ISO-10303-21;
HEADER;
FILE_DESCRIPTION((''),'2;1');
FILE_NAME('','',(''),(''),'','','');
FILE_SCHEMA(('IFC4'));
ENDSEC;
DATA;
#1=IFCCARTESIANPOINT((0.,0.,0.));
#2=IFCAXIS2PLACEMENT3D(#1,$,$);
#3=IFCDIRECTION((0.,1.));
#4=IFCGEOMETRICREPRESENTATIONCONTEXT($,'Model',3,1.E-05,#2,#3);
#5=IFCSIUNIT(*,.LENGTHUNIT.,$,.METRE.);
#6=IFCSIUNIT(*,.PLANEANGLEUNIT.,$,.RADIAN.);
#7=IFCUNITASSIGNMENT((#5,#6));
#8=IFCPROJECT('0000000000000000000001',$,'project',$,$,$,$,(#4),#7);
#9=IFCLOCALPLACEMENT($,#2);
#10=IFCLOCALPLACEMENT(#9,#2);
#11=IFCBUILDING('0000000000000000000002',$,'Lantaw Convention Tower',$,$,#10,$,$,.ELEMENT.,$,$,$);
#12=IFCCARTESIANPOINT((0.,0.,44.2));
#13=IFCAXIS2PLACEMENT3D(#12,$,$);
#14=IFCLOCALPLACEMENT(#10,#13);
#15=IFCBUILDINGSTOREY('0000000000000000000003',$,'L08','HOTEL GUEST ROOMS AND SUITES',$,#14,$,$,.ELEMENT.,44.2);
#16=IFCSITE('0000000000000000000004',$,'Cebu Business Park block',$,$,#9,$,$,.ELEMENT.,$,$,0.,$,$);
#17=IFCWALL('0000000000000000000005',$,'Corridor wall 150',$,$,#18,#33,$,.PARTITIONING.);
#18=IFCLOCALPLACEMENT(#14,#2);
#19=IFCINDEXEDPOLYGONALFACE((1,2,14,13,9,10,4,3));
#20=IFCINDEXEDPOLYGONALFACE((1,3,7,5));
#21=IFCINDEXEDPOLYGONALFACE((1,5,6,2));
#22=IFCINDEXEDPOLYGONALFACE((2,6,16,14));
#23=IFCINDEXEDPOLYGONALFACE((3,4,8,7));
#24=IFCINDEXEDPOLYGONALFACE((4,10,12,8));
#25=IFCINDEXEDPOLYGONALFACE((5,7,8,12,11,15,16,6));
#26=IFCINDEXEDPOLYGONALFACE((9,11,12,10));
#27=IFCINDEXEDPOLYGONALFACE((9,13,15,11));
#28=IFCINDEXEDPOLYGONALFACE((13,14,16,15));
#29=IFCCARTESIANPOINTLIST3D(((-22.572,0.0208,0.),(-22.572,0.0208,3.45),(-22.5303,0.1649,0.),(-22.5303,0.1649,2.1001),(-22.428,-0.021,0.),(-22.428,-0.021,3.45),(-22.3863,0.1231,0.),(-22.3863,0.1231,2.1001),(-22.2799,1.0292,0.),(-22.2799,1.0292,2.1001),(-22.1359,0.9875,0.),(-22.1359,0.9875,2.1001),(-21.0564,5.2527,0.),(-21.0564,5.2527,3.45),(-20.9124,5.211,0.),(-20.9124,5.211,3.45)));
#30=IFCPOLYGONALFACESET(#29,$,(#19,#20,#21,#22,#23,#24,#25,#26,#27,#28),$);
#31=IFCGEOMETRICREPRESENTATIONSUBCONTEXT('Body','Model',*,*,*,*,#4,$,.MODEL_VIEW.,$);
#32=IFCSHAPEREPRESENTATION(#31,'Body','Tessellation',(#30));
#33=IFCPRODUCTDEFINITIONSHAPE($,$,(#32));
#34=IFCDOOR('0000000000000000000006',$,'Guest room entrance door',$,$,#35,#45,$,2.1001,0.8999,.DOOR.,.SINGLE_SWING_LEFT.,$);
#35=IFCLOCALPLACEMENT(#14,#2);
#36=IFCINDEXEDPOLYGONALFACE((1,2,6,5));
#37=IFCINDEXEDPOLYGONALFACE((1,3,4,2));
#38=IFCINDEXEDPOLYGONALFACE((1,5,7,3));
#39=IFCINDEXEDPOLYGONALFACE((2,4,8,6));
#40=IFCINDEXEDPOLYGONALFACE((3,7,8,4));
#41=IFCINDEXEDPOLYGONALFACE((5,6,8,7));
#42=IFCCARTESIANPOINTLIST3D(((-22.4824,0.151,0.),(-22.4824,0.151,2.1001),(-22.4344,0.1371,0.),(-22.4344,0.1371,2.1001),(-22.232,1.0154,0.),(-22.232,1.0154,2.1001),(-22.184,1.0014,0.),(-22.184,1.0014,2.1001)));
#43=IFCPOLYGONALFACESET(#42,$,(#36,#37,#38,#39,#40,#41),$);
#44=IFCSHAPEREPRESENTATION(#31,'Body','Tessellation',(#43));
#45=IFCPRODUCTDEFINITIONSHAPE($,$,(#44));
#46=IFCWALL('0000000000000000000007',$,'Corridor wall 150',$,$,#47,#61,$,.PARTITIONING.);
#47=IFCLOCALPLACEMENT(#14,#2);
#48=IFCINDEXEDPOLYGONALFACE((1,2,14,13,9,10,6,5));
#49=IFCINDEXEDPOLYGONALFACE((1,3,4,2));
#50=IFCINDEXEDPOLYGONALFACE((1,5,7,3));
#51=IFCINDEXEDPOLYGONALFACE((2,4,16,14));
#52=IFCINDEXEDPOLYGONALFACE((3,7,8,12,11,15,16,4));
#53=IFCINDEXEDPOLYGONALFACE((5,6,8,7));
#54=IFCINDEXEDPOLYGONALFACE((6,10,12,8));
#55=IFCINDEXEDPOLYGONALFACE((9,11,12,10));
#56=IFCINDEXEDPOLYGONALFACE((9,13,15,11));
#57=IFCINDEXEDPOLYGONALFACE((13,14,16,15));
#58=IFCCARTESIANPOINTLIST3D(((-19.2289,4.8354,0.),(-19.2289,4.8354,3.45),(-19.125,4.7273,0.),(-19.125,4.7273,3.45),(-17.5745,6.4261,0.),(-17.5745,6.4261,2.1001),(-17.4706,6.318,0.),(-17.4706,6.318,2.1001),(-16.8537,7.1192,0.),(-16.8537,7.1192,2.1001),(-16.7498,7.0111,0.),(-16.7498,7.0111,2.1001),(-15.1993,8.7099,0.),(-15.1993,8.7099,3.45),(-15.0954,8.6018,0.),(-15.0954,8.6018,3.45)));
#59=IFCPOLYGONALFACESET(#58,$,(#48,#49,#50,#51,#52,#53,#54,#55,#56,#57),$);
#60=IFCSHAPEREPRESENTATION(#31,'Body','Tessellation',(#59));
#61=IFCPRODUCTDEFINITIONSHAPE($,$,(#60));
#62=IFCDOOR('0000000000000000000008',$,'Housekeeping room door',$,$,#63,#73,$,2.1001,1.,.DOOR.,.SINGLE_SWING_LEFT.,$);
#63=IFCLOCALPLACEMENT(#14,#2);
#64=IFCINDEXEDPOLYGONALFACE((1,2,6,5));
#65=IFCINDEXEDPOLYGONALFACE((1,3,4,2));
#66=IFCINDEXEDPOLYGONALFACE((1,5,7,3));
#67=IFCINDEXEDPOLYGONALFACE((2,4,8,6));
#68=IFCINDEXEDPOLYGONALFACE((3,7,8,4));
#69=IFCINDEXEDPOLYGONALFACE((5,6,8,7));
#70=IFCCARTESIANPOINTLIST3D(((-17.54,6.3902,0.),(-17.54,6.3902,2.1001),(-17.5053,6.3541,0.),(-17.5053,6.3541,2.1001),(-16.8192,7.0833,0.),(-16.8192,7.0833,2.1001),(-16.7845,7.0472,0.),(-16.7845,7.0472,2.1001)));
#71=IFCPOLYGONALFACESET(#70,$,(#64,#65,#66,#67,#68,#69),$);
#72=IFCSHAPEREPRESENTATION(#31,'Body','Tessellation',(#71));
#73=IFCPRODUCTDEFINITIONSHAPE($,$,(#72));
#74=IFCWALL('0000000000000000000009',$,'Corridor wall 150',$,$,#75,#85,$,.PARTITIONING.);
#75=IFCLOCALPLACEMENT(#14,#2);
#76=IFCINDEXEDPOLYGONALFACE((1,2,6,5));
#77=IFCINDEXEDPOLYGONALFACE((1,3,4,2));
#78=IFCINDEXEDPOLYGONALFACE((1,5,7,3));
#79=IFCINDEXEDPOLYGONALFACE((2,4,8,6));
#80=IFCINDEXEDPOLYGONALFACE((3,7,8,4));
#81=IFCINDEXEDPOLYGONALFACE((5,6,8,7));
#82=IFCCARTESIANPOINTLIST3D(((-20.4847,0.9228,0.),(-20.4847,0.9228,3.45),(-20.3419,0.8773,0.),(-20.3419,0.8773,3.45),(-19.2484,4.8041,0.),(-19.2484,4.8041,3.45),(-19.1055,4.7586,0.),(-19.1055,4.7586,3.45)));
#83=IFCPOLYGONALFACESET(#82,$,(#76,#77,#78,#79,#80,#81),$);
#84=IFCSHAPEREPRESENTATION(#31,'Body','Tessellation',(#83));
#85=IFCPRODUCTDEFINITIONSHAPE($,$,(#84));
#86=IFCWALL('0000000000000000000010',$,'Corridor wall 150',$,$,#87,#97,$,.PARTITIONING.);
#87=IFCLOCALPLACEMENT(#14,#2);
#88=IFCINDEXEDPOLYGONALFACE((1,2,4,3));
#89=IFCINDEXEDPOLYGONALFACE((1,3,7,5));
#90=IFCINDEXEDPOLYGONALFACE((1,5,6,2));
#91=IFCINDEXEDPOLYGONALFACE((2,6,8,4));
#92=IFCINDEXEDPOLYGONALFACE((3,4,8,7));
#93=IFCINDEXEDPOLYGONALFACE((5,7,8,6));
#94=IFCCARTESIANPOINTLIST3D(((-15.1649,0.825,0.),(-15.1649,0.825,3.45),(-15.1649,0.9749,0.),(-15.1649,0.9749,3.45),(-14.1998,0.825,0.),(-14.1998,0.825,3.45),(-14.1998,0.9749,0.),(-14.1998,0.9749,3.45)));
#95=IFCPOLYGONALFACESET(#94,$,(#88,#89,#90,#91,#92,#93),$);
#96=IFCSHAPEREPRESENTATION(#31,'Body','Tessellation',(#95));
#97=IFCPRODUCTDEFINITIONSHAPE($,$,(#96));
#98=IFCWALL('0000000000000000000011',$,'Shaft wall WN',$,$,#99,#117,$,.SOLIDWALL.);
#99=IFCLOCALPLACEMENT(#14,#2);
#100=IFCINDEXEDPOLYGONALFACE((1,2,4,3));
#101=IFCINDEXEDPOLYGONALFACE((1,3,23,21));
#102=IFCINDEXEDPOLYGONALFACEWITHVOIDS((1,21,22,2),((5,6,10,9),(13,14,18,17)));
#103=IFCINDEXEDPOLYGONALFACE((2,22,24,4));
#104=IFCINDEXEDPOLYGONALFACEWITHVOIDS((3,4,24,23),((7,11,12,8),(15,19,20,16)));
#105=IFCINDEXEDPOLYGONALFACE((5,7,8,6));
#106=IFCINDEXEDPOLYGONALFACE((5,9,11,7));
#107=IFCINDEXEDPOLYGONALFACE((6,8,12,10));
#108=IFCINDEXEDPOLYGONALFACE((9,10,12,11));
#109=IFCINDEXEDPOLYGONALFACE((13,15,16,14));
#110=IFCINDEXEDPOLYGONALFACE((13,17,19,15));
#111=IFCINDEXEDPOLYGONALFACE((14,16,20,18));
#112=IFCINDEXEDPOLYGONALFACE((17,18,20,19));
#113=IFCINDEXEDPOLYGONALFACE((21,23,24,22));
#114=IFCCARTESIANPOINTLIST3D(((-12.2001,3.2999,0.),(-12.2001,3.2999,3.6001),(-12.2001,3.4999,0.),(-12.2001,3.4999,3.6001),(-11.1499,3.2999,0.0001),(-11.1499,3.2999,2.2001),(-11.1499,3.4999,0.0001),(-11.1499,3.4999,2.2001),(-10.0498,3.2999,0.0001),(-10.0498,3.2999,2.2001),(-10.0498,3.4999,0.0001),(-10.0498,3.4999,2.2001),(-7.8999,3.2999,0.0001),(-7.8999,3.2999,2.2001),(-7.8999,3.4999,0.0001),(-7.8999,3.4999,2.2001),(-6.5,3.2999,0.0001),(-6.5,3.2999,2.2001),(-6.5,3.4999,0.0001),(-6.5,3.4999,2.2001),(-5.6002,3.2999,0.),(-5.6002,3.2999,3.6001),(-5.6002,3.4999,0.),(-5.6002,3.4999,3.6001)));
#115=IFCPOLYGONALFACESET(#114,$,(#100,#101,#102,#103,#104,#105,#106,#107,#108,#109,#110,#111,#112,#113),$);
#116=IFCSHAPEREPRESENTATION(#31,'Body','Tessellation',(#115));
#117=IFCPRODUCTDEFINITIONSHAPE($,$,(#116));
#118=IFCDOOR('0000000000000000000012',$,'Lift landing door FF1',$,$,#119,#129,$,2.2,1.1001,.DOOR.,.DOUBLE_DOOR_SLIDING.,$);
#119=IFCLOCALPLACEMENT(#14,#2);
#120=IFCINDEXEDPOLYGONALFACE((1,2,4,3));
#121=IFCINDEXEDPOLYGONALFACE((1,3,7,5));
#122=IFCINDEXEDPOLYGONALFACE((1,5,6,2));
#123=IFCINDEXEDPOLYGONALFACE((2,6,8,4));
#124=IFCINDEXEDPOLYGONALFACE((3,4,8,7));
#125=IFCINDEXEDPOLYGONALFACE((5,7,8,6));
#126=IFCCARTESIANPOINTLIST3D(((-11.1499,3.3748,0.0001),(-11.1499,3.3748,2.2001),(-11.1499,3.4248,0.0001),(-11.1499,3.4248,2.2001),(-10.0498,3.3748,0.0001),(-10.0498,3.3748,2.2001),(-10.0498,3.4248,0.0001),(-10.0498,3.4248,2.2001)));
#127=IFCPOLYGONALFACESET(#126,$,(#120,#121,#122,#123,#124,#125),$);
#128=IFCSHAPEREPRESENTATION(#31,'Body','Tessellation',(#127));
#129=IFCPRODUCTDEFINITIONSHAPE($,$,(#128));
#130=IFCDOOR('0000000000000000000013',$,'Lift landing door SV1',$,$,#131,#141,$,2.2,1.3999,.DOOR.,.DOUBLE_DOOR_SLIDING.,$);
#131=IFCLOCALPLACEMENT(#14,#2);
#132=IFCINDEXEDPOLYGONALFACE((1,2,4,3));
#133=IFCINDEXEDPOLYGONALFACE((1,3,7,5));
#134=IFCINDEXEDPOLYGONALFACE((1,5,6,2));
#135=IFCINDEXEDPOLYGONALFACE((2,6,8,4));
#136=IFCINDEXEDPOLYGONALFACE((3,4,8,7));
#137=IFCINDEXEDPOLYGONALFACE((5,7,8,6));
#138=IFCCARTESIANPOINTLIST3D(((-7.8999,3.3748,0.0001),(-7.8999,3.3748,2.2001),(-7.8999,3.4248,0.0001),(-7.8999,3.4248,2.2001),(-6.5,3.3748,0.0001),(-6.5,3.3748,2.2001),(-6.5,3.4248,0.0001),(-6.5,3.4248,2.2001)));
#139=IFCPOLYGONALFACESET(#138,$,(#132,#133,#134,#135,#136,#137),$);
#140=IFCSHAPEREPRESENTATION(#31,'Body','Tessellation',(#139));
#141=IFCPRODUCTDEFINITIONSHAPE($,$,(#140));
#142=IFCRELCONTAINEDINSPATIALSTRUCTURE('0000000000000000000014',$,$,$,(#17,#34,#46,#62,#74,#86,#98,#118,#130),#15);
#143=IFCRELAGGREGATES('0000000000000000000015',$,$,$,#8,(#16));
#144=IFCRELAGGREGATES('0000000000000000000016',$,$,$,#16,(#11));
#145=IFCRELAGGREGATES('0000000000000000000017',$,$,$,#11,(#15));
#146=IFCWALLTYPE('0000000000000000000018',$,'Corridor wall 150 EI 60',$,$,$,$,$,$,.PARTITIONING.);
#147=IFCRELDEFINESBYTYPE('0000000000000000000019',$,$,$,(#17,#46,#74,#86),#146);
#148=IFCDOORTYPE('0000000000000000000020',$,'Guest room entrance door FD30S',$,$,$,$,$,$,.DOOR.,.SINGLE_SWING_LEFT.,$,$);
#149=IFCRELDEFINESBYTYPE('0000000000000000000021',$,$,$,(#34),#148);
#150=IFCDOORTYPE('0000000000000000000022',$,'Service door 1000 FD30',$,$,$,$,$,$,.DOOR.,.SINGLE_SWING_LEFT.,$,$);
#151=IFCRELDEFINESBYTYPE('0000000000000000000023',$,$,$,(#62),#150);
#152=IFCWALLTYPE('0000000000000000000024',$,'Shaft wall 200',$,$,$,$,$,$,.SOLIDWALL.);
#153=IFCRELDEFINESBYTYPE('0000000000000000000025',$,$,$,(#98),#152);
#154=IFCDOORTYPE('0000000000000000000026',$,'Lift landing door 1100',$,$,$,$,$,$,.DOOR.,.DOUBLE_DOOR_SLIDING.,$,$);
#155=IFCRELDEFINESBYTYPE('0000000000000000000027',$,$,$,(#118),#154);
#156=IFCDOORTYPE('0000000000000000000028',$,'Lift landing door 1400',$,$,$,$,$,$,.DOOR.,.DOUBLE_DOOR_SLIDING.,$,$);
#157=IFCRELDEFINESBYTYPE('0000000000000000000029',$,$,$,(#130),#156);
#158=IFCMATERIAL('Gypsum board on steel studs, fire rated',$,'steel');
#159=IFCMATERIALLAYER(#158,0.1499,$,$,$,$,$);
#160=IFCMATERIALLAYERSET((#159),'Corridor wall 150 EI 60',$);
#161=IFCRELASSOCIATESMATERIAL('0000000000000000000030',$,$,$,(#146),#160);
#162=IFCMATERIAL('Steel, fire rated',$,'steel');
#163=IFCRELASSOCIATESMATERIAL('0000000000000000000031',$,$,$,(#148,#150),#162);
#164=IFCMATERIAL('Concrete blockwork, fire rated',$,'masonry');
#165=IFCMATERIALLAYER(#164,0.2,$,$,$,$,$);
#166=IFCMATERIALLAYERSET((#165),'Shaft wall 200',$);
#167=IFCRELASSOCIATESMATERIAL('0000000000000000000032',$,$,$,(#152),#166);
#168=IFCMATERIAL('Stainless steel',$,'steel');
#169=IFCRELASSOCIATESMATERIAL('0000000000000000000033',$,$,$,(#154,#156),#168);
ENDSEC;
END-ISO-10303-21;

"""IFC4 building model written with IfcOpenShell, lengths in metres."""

from ifc_helpers import new_model, si_unit, direction, frame, frame_2d, origin, place, context, subcontext, project, spatial, rectangle, extrude, material, layer, layer_set, type_object, element, fill, save


model = new_model("IFC4")

# Units and contexts
model_context = context("Model", 3, precision=1e-05, world=origin(), true_north=direction((0.0, 1.0)))
body_context = subcontext(model_context, "Body", "Model", "MODEL_VIEW")
ifc_project = project(units=[si_unit("LENGTHUNIT", "METRE"), si_unit("PLANEANGLEUNIT", "RADIAN")], contexts=[model_context])

# Site, building, storey
site_placement = place(None, origin())
site = spatial("IfcSite", under=ifc_project, at=site_placement, Name="Cebu Business Park block", CompositionType="ELEMENT", RefElevation=0.0)
building_placement = place(site_placement, origin())
building = spatial("IfcBuilding", under=site, at=building_placement, Name="Lantaw Convention Tower", CompositionType="ELEMENT")
storey_placement = place(building_placement, frame((0.0, 0.0, 44.2)))
storey = spatial("IfcBuildingStorey", under=building, at=storey_placement, Name="L08", Description="HOTEL GUEST ROOMS AND SUITES", CompositionType="ELEMENT", Elevation=44.2)

# Walls, openings, doors
ifc_material_1 = material(Name="Gypsum board on steel studs, fire rated", Category="steel")
ifc_layer_1 = layer(ifc_material_1, 0.1499)
ifc_layer_set_1 = layer_set([ifc_layer_1], Name="Corridor wall 150 EI 60")
wall_type_1 = type_object("IfcWallType", Name="Corridor wall 150 EI 60", PredefinedType="PARTITIONING", material=ifc_layer_set_1)
wall_1_placement = place(storey_placement, frame((-20.9844, 5.2319, 0.0), z_axis=(0.0, 0.0, 1.0), x_axis=(-0.278247, -0.960509, 0.0)))
wall_1 = element("IfcWall", 1, at=wall_1_placement, inside=storey, type_object=wall_type_1, Name="Corridor wall 150", PredefinedType="PARTITIONING", context=body_context, shape_type="SweptSolid", body=[
    extrude(rectangle(XDim=5.447, YDim=0.1499, at=frame_2d((2.7236, 0.0))), origin(), (0.0, 0.0, 1.0), 3.45),
])
opening_1_placement = place(wall_1_placement, frame((4.3972, 0.0, 0.0)))
opening_1 = element("IfcOpeningElement", 2, at=opening_1_placement, cuts=wall_1, PredefinedType="OPENING", context=body_context, shape_type="SweptSolid", body=[
    extrude(rectangle(XDim=0.8999, YDim=2.1001, at=frame_2d((0.45, 1.05))), frame((0.0, 0.085, 0.0), z_axis=(0.0, -1.0, 0.0), x_axis=(1.0, 0.0, 0.0)), (0.0, 0.0, 1.0), 0.1699),
])
ifc_material_2 = material(Name="Steel, fire rated", Category="steel")
door_type_1 = type_object("IfcDoorType", Name="Guest room entrance door FD30S", OperationType="SINGLE_SWING_LEFT", PredefinedType="DOOR", material=ifc_material_2)
door_1_placement = place(opening_1_placement, origin())
door_1 = element("IfcDoor", 3, at=door_1_placement, inside=storey, type_object=door_type_1, Name="Guest room entrance door", OperationType="SINGLE_SWING_LEFT", OverallHeight=2.1001, OverallWidth=0.8999, PredefinedType="DOOR", context=body_context, shape_type="SweptSolid", body=[
    extrude(rectangle(XDim=0.8999, YDim=2.1001, at=frame_2d((0.45, 1.05))), frame((0.0, 0.0249, 0.0), z_axis=(0.0, -1.0, 0.0), x_axis=(1.0, 0.0, 0.0)), (0.0, 0.0, 1.0), 0.05),
])
fill(opening_1, door_1)
wall_2_placement = place(storey_placement, frame((-15.1475, 8.6558, 0.0), z_axis=(0.0, 0.0, 1.0), x_axis=(-0.720837, -0.693104, 0.0)))
wall_2 = element("IfcWall", 4, at=wall_2_placement, inside=storey, type_object=wall_type_1, Name="Corridor wall 150", PredefinedType="PARTITIONING", context=body_context, shape_type="SweptSolid", body=[
    extrude(rectangle(XDim=5.5901, YDim=0.1499, at=frame_2d((2.7949, 0.0))), origin(), (0.0, 0.0, 1.0), 3.45),
])
opening_2_placement = place(wall_2_placement, frame((2.2949, 0.0, 0.0)))
opening_2 = element("IfcOpeningElement", 5, at=opening_2_placement, cuts=wall_2, PredefinedType="OPENING", context=body_context, shape_type="SweptSolid", body=[
    extrude(rectangle(XDim=1.0, YDim=2.1001, at=frame_2d((0.5, 1.05))), frame((0.0, 0.085, 0.0), z_axis=(0.0, -1.0, 0.0), x_axis=(1.0, 0.0, 0.0)), (0.0, 0.0, 1.0), 0.1699),
])
door_type_2 = type_object("IfcDoorType", Name="Service door 1000 FD30", OperationType="SINGLE_SWING_LEFT", PredefinedType="DOOR", material=ifc_material_2)
door_2_placement = place(opening_2_placement, origin())
door_2 = element("IfcDoor", 6, at=door_2_placement, inside=storey, type_object=door_type_2, Name="Housekeeping room door", OperationType="SINGLE_SWING_LEFT", OverallHeight=2.1001, OverallWidth=1.0, PredefinedType="DOOR", context=body_context, shape_type="SweptSolid", body=[
    extrude(rectangle(XDim=1.0, YDim=2.1001, at=frame_2d((0.5, 1.05))), frame((0.0, 0.0249, 0.0), z_axis=(0.0, -1.0, 0.0), x_axis=(1.0, 0.0, 0.0)), (0.0, 0.0, 1.0), 0.05),
])
fill(opening_2, door_2)

# Walls
wall_3_placement = place(storey_placement, frame((-19.177, 4.7812, 0.0), z_axis=(0.0, 0.0, 1.0), x_axis=(-0.303505, -0.95283, 0.0)))
element("IfcWall", 7, at=wall_3_placement, inside=storey, type_object=wall_type_1, Name="Corridor wall 150", PredefinedType="PARTITIONING", context=body_context, shape_type="SweptSolid", body=[
    extrude(rectangle(XDim=4.0735, YDim=0.1499, at=frame_2d((2.0366, 0.0))), origin(), (0.0, 0.0, 1.0), 3.45),
])
wall_4_placement = place(storey_placement, frame((-14.2, 0.8999, 0.0), z_axis=(0.0, 0.0, 1.0), x_axis=(-1.0, 0.0, 0.0)))
element("IfcWall", 8, at=wall_4_placement, inside=storey, type_object=wall_type_1, Name="Corridor wall 150", PredefinedType="PARTITIONING", context=body_context, shape_type="SweptSolid", body=[
    extrude(rectangle(XDim=0.9651, YDim=0.1499, at=frame_2d((0.4824, 0.0))), origin(), (0.0, 0.0, 1.0), 3.45),
])

# Wall, openings, doors
ifc_material_3 = material(Name="Concrete blockwork, fire rated", Category="masonry")
ifc_layer_2 = layer(ifc_material_3, 0.2)
ifc_layer_set_2 = layer_set([ifc_layer_2], Name="Shaft wall 200")
wall_type_2 = type_object("IfcWallType", Name="Shaft wall 200", PredefinedType="SOLIDWALL", material=ifc_layer_set_2)
wall_5_placement = place(storey_placement, frame((-12.2, 3.3999, 0.0), z_axis=(0.0, 0.0, 1.0), x_axis=(1.0, 0.0, 0.0)))
wall_5 = element("IfcWall", 9, at=wall_5_placement, inside=storey, type_object=wall_type_2, Name="Shaft wall WN", PredefinedType="SOLIDWALL", context=body_context, shape_type="SweptSolid", body=[
    extrude(rectangle(XDim=6.5999, YDim=0.2, at=frame_2d((3.2998, 0.0))), origin(), (0.0, 0.0, 1.0), 3.6001),
])
opening_3_placement = place(wall_5_placement, frame((1.05, 0.0, 0.0)))
opening_3 = element("IfcOpeningElement", 10, at=opening_3_placement, cuts=wall_5, PredefinedType="OPENING", context=body_context, shape_type="SweptSolid", body=[
    extrude(rectangle(XDim=1.1001, YDim=2.2, at=frame_2d((0.55, 1.1001))), frame((0.0, 0.1099, 0.0), z_axis=(0.0, -1.0, 0.0), x_axis=(1.0, 0.0, 0.0)), (0.0, 0.0, 1.0), 0.22),
])
opening_4_placement = place(wall_5_placement, frame((4.3, 0.0, 0.0)))
opening_4 = element("IfcOpeningElement", 11, at=opening_4_placement, cuts=wall_5, PredefinedType="OPENING", context=body_context, shape_type="SweptSolid", body=[
    extrude(rectangle(XDim=1.3999, YDim=2.2, at=frame_2d((0.7, 1.1001))), frame((0.0, 0.1099, 0.0), z_axis=(0.0, -1.0, 0.0), x_axis=(1.0, 0.0, 0.0)), (0.0, 0.0, 1.0), 0.22),
])
ifc_material_4 = material(Name="Stainless steel", Category="steel")
door_type_3 = type_object("IfcDoorType", Name="Lift landing door 1100", OperationType="DOUBLE_DOOR_SLIDING", PredefinedType="DOOR", material=ifc_material_4)
door_3_placement = place(opening_3_placement, origin())
door_3 = element("IfcDoor", 12, at=door_3_placement, inside=storey, type_object=door_type_3, Name="Lift landing door FF1", OperationType="DOUBLE_DOOR_SLIDING", OverallHeight=2.2, OverallWidth=1.1001, PredefinedType="DOOR", context=body_context, shape_type="SweptSolid", body=[
    extrude(rectangle(XDim=1.1001, YDim=2.2, at=frame_2d((0.55, 1.1001))), frame((0.0, 0.0249, 0.0), z_axis=(0.0, -1.0, 0.0), x_axis=(1.0, 0.0, 0.0)), (0.0, 0.0, 1.0), 0.05),
])
fill(opening_3, door_3)
door_type_4 = type_object("IfcDoorType", Name="Lift landing door 1400", OperationType="DOUBLE_DOOR_SLIDING", PredefinedType="DOOR", material=ifc_material_4)
door_4_placement = place(opening_4_placement, origin())
door_4 = element("IfcDoor", 13, at=door_4_placement, inside=storey, type_object=door_type_4, Name="Lift landing door SV1", OperationType="DOUBLE_DOOR_SLIDING", OverallHeight=2.2, OverallWidth=1.3999, PredefinedType="DOOR", context=body_context, shape_type="SweptSolid", body=[
    extrude(rectangle(XDim=1.3999, YDim=2.2, at=frame_2d((0.7, 1.1001))), frame((0.0, 0.0249, 0.0), z_axis=(0.0, -1.0, 0.0), x_axis=(1.0, 0.0, 0.0)), (0.0, 0.0, 1.0), 0.05),
])
fill(opening_4, door_4)

save(model, "model.ifc")
